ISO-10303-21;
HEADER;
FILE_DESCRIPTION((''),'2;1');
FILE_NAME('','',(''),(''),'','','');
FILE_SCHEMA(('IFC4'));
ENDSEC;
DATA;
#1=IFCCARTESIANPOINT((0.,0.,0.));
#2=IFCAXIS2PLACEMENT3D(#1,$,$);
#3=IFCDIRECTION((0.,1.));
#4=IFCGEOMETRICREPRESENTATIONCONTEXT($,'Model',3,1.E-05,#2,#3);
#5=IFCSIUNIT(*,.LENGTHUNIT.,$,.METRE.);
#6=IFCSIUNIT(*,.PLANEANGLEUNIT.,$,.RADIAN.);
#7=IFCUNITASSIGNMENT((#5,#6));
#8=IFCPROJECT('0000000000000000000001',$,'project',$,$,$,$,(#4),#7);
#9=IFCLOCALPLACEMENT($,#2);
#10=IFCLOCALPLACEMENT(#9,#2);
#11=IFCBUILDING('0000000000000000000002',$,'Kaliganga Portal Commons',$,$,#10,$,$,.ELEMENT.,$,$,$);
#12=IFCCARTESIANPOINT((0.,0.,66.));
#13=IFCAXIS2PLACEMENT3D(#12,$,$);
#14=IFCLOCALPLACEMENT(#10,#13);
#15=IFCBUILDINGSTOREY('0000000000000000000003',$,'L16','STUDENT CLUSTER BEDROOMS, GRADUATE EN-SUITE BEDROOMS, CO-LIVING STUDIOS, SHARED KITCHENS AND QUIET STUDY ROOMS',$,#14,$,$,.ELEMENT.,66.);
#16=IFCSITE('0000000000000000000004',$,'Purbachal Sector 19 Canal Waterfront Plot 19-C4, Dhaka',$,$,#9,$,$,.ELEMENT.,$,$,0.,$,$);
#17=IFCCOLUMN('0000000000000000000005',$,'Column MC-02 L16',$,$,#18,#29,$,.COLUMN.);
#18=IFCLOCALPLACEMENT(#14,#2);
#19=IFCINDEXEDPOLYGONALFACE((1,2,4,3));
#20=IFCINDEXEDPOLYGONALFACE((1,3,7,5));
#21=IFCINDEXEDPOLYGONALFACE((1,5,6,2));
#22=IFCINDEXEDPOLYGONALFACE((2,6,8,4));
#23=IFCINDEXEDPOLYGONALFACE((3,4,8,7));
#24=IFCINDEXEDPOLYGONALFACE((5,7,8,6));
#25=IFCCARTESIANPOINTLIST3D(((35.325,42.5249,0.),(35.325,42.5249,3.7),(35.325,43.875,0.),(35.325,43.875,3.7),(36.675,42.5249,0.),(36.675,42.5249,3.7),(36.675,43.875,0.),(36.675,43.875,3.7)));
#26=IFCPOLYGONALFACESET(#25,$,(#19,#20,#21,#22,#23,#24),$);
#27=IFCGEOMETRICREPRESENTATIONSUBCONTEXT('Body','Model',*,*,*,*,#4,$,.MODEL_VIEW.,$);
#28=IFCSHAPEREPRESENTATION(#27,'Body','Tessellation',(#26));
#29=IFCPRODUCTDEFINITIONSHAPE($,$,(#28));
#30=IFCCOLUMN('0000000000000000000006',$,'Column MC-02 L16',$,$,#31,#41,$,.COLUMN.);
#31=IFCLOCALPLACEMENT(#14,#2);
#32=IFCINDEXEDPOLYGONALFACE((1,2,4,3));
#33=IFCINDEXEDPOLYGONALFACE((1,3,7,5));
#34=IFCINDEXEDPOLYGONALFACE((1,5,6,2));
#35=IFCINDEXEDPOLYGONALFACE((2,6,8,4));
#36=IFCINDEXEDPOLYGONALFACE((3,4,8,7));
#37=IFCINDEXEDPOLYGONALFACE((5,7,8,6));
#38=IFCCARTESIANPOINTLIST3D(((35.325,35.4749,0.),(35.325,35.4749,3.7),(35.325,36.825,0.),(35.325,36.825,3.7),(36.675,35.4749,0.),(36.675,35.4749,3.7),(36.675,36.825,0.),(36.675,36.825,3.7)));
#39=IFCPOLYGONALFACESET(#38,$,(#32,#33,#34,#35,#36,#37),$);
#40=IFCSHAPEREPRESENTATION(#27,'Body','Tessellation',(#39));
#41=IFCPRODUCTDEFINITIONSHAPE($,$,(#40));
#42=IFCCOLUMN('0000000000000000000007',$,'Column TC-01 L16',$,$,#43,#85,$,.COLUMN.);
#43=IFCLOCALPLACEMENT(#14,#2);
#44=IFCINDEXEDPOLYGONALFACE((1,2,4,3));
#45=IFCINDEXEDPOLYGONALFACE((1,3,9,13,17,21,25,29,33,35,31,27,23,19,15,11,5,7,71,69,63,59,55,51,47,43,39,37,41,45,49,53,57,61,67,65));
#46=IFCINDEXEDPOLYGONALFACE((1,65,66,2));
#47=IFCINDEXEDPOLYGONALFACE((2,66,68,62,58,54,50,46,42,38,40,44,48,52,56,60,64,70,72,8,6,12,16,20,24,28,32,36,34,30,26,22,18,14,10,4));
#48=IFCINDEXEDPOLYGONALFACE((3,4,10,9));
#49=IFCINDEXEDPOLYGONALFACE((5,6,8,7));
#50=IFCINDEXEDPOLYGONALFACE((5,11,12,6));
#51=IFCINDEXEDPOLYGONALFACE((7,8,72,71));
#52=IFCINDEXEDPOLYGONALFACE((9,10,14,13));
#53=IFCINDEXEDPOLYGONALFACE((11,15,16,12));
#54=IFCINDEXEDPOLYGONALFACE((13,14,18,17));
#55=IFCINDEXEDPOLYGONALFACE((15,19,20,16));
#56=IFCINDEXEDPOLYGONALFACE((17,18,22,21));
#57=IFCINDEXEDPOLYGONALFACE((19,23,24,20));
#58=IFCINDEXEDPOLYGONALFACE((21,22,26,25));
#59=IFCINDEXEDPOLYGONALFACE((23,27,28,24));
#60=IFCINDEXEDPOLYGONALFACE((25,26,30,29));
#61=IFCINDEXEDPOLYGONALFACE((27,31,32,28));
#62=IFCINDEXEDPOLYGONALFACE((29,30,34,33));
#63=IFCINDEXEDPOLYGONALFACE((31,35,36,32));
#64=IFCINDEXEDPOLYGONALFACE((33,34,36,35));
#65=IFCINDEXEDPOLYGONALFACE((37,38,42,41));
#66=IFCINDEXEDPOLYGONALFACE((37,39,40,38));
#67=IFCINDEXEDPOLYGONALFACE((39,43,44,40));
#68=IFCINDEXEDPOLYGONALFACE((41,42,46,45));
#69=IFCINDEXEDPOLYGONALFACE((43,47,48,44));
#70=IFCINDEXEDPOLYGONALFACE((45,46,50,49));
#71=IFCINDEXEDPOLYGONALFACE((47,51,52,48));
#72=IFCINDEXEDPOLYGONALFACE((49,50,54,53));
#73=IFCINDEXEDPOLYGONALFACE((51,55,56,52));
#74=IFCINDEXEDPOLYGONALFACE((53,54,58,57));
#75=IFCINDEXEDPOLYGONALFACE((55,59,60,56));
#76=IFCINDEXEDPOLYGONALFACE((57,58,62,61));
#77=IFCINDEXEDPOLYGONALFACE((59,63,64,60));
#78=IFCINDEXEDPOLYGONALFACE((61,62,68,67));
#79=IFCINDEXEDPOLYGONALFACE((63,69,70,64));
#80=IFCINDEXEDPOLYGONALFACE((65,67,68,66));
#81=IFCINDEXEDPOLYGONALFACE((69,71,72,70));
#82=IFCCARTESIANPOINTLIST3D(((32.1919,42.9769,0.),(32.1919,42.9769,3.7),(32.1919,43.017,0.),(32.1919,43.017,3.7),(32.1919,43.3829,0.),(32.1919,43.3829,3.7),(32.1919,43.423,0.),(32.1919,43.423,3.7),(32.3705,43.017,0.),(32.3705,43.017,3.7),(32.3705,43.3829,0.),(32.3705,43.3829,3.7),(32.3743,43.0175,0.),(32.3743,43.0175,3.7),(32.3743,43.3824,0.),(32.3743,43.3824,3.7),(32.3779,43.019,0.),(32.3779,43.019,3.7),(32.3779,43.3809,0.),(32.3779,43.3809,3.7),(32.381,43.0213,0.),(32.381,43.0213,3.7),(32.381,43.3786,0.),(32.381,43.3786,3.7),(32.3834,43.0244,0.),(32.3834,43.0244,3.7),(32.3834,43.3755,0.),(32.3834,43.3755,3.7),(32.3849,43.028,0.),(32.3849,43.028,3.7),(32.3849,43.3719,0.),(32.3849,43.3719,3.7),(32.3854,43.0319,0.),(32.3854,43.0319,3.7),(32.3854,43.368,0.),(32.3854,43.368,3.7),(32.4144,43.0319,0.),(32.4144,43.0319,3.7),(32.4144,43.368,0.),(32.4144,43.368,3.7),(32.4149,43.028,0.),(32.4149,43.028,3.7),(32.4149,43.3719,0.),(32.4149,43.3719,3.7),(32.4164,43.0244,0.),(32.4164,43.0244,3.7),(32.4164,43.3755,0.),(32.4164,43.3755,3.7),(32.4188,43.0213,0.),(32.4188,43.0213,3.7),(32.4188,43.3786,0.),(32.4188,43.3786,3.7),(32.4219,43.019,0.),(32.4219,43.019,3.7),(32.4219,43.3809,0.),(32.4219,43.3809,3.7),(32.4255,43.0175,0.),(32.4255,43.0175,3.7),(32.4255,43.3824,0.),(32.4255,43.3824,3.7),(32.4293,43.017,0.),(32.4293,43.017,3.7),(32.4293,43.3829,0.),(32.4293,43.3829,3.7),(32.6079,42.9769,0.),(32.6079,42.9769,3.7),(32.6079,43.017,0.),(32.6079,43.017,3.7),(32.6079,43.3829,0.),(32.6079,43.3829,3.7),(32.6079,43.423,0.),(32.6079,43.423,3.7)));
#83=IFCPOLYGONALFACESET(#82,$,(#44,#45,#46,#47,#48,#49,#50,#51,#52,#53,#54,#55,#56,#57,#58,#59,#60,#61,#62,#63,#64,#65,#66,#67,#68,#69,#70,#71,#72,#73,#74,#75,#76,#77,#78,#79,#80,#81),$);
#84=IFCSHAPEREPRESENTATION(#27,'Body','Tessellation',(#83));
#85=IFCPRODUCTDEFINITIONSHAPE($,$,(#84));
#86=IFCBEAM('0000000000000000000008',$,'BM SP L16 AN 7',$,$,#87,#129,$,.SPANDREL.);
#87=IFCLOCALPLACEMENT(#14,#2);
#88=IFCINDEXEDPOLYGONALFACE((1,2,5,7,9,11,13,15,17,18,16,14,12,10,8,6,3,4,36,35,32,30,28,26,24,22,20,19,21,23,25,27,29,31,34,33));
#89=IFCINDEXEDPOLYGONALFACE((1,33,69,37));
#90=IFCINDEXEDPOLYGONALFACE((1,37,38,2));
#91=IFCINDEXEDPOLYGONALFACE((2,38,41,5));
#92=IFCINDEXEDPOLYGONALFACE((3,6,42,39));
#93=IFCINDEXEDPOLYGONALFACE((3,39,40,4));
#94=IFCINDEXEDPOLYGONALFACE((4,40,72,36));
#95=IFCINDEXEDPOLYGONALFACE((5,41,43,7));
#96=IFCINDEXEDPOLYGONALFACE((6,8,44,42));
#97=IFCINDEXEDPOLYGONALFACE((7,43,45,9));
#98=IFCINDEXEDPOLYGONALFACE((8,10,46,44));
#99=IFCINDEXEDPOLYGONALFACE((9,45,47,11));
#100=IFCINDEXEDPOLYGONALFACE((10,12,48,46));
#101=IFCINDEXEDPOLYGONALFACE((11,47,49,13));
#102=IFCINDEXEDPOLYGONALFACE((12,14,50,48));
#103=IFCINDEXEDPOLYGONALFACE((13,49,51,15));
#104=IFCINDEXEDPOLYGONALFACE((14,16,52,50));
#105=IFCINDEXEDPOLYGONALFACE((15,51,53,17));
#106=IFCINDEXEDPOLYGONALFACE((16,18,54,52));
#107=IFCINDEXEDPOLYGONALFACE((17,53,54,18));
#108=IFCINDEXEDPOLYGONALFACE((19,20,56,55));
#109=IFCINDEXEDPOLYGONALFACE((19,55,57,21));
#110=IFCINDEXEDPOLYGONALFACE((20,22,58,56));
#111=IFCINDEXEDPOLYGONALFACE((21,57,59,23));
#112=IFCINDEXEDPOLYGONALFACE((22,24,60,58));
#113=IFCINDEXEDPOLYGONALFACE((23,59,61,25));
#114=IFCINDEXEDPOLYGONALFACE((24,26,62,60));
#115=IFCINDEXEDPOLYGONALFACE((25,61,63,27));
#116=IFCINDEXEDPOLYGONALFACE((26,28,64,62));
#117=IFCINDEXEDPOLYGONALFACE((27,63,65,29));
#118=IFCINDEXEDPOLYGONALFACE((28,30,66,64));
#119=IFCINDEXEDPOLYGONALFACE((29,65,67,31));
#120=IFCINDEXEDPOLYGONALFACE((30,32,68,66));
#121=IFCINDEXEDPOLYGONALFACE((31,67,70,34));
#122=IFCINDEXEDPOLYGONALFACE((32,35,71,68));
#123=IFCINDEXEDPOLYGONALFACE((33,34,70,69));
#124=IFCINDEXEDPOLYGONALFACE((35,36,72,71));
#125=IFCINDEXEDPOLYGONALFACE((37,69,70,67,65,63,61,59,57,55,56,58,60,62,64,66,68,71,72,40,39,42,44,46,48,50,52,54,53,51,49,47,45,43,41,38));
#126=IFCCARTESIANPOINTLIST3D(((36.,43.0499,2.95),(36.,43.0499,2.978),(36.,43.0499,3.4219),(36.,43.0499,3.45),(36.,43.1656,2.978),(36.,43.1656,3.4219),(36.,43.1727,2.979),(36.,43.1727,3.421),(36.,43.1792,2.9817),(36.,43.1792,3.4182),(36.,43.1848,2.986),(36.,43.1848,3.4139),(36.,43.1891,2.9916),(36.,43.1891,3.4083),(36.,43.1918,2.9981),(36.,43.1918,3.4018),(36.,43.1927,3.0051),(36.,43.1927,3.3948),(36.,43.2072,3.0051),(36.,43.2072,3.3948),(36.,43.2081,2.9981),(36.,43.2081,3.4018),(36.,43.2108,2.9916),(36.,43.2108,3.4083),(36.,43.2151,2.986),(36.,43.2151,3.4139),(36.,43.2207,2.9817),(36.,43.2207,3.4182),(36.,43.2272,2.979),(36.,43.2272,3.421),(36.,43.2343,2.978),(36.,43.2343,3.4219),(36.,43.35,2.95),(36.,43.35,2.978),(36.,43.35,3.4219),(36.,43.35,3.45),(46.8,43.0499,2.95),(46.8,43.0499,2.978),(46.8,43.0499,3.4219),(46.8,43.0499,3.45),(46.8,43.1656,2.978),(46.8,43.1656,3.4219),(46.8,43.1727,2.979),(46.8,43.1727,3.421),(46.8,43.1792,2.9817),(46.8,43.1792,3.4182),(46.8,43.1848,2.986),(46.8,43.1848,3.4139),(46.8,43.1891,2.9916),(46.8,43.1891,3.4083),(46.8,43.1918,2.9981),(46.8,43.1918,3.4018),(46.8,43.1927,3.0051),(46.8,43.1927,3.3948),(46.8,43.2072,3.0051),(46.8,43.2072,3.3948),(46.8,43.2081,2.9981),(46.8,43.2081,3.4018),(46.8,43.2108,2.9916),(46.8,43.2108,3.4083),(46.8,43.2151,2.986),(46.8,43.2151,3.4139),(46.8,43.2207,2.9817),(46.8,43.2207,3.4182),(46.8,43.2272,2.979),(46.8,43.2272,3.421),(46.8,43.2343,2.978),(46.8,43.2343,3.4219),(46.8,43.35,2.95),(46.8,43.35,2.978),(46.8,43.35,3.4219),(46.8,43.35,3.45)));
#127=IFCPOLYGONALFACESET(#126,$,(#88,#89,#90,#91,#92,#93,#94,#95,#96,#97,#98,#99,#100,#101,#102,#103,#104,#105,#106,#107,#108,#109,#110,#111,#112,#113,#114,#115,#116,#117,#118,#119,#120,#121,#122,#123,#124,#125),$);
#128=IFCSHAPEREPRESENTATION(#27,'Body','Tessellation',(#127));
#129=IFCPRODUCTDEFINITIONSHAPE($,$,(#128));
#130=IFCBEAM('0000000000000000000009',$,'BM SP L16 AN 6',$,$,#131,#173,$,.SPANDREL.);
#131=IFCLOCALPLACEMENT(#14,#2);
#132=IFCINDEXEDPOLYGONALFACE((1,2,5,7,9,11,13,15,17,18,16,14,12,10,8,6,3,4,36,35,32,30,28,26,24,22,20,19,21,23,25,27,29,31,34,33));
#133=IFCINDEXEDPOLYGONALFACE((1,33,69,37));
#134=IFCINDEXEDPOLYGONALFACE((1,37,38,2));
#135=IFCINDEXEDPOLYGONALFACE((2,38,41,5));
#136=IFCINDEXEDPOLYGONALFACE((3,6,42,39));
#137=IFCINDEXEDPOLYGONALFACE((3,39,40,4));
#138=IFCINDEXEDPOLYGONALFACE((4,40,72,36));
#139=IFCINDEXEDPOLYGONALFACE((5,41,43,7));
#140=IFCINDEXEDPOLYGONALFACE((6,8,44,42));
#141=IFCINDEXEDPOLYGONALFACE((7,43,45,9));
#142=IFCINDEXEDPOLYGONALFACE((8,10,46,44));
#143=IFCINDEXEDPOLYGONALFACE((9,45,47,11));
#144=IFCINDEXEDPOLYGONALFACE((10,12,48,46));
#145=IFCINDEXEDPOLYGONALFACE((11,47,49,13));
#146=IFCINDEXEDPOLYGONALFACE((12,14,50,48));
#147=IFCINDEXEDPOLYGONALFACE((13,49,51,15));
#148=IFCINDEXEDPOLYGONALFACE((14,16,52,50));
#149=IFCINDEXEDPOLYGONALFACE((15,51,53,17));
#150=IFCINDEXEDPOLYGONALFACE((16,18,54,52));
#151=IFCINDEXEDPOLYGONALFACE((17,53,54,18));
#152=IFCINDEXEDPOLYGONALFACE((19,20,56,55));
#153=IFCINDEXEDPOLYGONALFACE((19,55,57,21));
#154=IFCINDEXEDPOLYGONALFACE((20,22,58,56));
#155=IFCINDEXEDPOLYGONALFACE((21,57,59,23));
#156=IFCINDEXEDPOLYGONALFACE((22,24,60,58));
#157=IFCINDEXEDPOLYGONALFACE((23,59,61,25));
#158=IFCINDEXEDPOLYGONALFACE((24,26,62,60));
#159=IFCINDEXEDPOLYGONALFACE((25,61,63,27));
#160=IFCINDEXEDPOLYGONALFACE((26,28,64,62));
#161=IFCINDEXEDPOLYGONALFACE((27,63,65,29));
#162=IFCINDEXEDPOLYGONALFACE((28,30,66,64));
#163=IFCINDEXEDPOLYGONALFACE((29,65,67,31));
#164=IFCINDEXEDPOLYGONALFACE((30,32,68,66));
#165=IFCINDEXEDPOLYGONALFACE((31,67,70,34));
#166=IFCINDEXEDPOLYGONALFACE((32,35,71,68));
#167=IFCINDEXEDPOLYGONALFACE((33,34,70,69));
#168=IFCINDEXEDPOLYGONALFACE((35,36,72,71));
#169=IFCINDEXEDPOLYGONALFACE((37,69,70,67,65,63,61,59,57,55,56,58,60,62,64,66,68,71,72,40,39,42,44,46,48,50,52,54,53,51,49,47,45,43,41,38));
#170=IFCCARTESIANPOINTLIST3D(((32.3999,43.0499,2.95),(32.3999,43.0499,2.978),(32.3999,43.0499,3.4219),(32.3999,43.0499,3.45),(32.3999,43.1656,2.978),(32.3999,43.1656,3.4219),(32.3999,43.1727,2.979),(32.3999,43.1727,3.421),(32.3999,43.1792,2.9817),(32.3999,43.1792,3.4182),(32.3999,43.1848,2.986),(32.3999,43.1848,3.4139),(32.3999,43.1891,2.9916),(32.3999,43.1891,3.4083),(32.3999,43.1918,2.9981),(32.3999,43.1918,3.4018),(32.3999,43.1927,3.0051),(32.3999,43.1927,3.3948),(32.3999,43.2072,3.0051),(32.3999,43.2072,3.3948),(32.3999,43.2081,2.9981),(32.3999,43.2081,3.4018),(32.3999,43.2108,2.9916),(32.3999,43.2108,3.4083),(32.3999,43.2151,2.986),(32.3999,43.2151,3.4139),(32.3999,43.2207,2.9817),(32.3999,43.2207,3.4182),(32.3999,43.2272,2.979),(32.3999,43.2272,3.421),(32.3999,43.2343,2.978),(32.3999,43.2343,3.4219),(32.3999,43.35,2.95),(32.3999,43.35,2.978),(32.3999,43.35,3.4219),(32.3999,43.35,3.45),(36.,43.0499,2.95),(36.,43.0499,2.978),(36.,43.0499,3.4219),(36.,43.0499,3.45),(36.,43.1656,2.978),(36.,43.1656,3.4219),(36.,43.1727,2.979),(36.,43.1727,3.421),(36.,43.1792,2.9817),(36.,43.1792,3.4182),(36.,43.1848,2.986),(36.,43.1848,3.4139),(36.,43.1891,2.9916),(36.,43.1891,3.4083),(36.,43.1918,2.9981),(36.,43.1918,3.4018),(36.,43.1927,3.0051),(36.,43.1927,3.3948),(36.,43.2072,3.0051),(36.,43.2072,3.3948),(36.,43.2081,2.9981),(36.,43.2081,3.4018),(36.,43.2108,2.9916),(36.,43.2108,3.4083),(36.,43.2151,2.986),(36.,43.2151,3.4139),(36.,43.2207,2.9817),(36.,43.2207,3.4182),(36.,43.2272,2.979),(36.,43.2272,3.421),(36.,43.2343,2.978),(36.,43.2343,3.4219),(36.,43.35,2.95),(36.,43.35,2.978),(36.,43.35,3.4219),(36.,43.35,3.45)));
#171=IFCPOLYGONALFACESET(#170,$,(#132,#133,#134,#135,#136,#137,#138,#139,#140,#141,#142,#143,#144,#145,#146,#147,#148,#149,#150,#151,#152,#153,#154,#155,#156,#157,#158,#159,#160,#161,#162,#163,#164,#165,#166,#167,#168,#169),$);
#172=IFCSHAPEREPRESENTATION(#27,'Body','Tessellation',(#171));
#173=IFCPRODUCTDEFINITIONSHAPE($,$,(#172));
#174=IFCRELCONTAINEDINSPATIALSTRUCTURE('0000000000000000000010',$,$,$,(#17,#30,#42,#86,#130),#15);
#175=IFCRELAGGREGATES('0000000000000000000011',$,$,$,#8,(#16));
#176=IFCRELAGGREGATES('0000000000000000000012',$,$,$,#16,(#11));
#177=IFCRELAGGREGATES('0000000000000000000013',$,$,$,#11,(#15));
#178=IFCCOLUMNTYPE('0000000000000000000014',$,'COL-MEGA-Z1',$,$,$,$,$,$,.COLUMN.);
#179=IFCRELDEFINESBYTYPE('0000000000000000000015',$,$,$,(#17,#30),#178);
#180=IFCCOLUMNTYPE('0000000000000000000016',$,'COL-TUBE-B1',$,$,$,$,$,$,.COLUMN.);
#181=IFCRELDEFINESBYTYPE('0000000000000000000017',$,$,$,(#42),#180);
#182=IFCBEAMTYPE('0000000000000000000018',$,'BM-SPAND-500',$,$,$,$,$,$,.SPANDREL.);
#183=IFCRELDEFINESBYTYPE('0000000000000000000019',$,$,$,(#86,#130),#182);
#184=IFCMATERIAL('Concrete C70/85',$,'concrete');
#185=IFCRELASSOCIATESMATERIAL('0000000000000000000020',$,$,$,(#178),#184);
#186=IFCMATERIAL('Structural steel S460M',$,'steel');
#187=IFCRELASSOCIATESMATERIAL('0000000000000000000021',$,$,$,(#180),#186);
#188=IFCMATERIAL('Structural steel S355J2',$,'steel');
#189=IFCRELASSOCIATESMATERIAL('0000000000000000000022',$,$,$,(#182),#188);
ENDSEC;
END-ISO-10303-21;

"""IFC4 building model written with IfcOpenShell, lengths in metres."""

from ifc_helpers import new_model, si_unit, direction, frame, origin, origin_2d, place, context, subcontext, project, spatial, rectangle, i_section, extrude, source, transform, mapped, material, material_profile, profile_set, type_object, element, save


model = new_model("IFC4")

# Units and contexts
model_context = context("Model", 3, precision=1e-05, world=origin(), true_north=direction((0.0, 1.0)))
body_context = subcontext(model_context, "Body", "Model", "MODEL_VIEW")
ifc_project = project(units=[si_unit("LENGTHUNIT", "METRE"), si_unit("PLANEANGLEUNIT", "RADIAN")], contexts=[model_context])

# Site, building, storey
site_placement = place(None, origin())
site = spatial("IfcSite", under=ifc_project, at=site_placement, Name="Purbachal Sector 19 Canal Waterfront Plot 19-C4, Dhaka", CompositionType="ELEMENT", RefElevation=0.0)
building_placement = place(site_placement, origin())
building = spatial("IfcBuilding", under=site, at=building_placement, Name="Kaliganga Portal Commons", CompositionType="ELEMENT")
storey_placement = place(building_placement, frame((0.0, 0.0, 66.0)))
storey = spatial("IfcBuildingStorey", under=building, at=storey_placement, Name="L16", Description="STUDENT CLUSTER BEDROOMS, GRADUATE EN-SUITE BEDROOMS, CO-LIVING STUDIOS, SHARED KITCHENS AND QUIET STUDY ROOMS", CompositionType="ELEMENT", Elevation=66.0)

# Columns
ifc_material_1 = material(Name="Concrete C70/85", Category="concrete")
ifc_material_profile_1 = material_profile(ifc_material_1, rectangle(XDim=1.3501, YDim=1.3501, at=origin_2d()), Name="RC 1350x1350")
ifc_profile_set_1 = profile_set([ifc_material_profile_1], Name="Concrete C70/85")
column_type_1 = type_object("IfcColumnType", Name="COL-MEGA-Z1", PredefinedType="COLUMN", material=ifc_profile_set_1)
shared_shape_1 = source(origin(), body_context, "Body", "SweptSolid", [
    extrude(rectangle(XDim=1.3501, YDim=1.3501, at=origin_2d()), origin(), (0.0, 0.0, 1.0), 3.7),
])
for number, where, z_axis, x_axis, name in (
    (1, (36.0, 43.2, 0.0), (0.0, 0.0, 1.0), (1.0, 0.0, 0.0), "Column MC-02 L16"),
    (2, (36.0, 36.1499, 0.0), (0.0, 0.0, 1.0), (1.0, 0.0, 0.0), "Column MC-02 L16"),
):
    element("IfcColumn", number, at=place(storey_placement, frame(where, z_axis=z_axis, x_axis=x_axis)), inside=storey, type_object=column_type_1, Name=name, PredefinedType="COLUMN", context=body_context, shape_type="MappedRepresentation", body=[
        mapped(shared_shape_1, transform((0.0, 0.0, 0.0), x_axis=(1.0, 0.0, 0.0), y_axis=(0.0, 1.0, 0.0), z_axis=(0.0, 0.0, 1.0), scale=1.0)),
    ])
ifc_material_2 = material(Name="Structural steel S460M", Category="steel")
ifc_material_profile_2 = material_profile(ifc_material_2, i_section(OverallWidth=0.416, OverallDepth=0.446, WebThickness=0.0291, FlangeThickness=0.04, FilletRadius=0.0149, at=origin_2d()), Name="HD 400x509")
ifc_profile_set_2 = profile_set([ifc_material_profile_2], Name="Structural steel S460M wide-flange")
column_type_2 = type_object("IfcColumnType", Name="COL-TUBE-B1", PredefinedType="COLUMN", material=ifc_profile_set_2)
shared_shape_2 = source(origin(), body_context, "Body", "SweptSolid", [
    extrude(i_section(OverallWidth=0.416, OverallDepth=0.446, WebThickness=0.0291, FlangeThickness=0.04, FilletRadius=0.0149, at=origin_2d()), origin(), (0.0, 0.0, 1.0), 3.7),
])
column_placement = place(storey_placement, frame((32.3999, 43.2, 0.0), z_axis=(0.0, 0.0, 1.0), x_axis=(1.0, 0.0, 0.0)))
element("IfcColumn", 3, at=column_placement, inside=storey, type_object=column_type_2, Name="Column TC-01 L16", PredefinedType="COLUMN", context=body_context, shape_type="MappedRepresentation", body=[
    mapped(shared_shape_2, transform((0.0, 0.0, 0.0), x_axis=(1.0, 0.0, 0.0), y_axis=(0.0, 1.0, 0.0), z_axis=(0.0, 0.0, 1.0), scale=1.0)),
])

# Beams
ifc_material_3 = material(Name="Structural steel S355J2", Category="steel")
ifc_material_profile_3 = material_profile(ifc_material_3, i_section(OverallWidth=0.3, OverallDepth=0.5, WebThickness=0.0144, FlangeThickness=0.0281, FilletRadius=0.0271, at=origin_2d()), Name="HE 500 B")
ifc_profile_set_3 = profile_set([ifc_material_profile_3], Name="Structural steel S355J2 wide-flange")
beam_type_1 = type_object("IfcBeamType", Name="BM-SPAND-500", PredefinedType="SPANDREL", material=ifc_profile_set_3)
shared_shape_3 = source(origin(), body_context, "Body", "SweptSolid", [
    extrude(i_section(OverallWidth=0.3, OverallDepth=0.5, WebThickness=0.0144, FlangeThickness=0.0281, FilletRadius=0.0271, at=origin_2d()), origin(), (0.0, 0.0, 1.0), 10.8),
])
beam_1_placement = place(storey_placement, frame((36.0, 43.2, 3.2), z_axis=(1.0, 0.0, 0.0), x_axis=(0.0, 1.0, 0.0)))
element("IfcBeam", 4, at=beam_1_placement, inside=storey, type_object=beam_type_1, Name="BM SP L16 AN 7", PredefinedType="SPANDREL", context=body_context, shape_type="MappedRepresentation", body=[
    mapped(shared_shape_3, transform((0.0, 0.0, 0.0), x_axis=(1.0, 0.0, 0.0), y_axis=(0.0, 1.0, 0.0), z_axis=(0.0, 0.0, 1.0), scale=1.0)),
])
shared_shape_4 = source(origin(), body_context, "Body", "SweptSolid", [
    extrude(i_section(OverallWidth=0.3, OverallDepth=0.5, WebThickness=0.0144, FlangeThickness=0.0281, FilletRadius=0.0271, at=origin_2d()), origin(), (0.0, 0.0, 1.0), 3.6001),
])
beam_2_placement = place(storey_placement, frame((32.3999, 43.2, 3.2), z_axis=(1.0, 0.0, 0.0), x_axis=(0.0, 1.0, 0.0)))
element("IfcBeam", 5, at=beam_2_placement, inside=storey, type_object=beam_type_1, Name="BM SP L16 AN 6", PredefinedType="SPANDREL", context=body_context, shape_type="MappedRepresentation", body=[
    mapped(shared_shape_4, transform((0.0, 0.0, 0.0), x_axis=(1.0, 0.0, 0.0), y_axis=(0.0, 1.0, 0.0), z_axis=(0.0, 0.0, 1.0), scale=1.0)),
])

save(model, "model.ifc")
